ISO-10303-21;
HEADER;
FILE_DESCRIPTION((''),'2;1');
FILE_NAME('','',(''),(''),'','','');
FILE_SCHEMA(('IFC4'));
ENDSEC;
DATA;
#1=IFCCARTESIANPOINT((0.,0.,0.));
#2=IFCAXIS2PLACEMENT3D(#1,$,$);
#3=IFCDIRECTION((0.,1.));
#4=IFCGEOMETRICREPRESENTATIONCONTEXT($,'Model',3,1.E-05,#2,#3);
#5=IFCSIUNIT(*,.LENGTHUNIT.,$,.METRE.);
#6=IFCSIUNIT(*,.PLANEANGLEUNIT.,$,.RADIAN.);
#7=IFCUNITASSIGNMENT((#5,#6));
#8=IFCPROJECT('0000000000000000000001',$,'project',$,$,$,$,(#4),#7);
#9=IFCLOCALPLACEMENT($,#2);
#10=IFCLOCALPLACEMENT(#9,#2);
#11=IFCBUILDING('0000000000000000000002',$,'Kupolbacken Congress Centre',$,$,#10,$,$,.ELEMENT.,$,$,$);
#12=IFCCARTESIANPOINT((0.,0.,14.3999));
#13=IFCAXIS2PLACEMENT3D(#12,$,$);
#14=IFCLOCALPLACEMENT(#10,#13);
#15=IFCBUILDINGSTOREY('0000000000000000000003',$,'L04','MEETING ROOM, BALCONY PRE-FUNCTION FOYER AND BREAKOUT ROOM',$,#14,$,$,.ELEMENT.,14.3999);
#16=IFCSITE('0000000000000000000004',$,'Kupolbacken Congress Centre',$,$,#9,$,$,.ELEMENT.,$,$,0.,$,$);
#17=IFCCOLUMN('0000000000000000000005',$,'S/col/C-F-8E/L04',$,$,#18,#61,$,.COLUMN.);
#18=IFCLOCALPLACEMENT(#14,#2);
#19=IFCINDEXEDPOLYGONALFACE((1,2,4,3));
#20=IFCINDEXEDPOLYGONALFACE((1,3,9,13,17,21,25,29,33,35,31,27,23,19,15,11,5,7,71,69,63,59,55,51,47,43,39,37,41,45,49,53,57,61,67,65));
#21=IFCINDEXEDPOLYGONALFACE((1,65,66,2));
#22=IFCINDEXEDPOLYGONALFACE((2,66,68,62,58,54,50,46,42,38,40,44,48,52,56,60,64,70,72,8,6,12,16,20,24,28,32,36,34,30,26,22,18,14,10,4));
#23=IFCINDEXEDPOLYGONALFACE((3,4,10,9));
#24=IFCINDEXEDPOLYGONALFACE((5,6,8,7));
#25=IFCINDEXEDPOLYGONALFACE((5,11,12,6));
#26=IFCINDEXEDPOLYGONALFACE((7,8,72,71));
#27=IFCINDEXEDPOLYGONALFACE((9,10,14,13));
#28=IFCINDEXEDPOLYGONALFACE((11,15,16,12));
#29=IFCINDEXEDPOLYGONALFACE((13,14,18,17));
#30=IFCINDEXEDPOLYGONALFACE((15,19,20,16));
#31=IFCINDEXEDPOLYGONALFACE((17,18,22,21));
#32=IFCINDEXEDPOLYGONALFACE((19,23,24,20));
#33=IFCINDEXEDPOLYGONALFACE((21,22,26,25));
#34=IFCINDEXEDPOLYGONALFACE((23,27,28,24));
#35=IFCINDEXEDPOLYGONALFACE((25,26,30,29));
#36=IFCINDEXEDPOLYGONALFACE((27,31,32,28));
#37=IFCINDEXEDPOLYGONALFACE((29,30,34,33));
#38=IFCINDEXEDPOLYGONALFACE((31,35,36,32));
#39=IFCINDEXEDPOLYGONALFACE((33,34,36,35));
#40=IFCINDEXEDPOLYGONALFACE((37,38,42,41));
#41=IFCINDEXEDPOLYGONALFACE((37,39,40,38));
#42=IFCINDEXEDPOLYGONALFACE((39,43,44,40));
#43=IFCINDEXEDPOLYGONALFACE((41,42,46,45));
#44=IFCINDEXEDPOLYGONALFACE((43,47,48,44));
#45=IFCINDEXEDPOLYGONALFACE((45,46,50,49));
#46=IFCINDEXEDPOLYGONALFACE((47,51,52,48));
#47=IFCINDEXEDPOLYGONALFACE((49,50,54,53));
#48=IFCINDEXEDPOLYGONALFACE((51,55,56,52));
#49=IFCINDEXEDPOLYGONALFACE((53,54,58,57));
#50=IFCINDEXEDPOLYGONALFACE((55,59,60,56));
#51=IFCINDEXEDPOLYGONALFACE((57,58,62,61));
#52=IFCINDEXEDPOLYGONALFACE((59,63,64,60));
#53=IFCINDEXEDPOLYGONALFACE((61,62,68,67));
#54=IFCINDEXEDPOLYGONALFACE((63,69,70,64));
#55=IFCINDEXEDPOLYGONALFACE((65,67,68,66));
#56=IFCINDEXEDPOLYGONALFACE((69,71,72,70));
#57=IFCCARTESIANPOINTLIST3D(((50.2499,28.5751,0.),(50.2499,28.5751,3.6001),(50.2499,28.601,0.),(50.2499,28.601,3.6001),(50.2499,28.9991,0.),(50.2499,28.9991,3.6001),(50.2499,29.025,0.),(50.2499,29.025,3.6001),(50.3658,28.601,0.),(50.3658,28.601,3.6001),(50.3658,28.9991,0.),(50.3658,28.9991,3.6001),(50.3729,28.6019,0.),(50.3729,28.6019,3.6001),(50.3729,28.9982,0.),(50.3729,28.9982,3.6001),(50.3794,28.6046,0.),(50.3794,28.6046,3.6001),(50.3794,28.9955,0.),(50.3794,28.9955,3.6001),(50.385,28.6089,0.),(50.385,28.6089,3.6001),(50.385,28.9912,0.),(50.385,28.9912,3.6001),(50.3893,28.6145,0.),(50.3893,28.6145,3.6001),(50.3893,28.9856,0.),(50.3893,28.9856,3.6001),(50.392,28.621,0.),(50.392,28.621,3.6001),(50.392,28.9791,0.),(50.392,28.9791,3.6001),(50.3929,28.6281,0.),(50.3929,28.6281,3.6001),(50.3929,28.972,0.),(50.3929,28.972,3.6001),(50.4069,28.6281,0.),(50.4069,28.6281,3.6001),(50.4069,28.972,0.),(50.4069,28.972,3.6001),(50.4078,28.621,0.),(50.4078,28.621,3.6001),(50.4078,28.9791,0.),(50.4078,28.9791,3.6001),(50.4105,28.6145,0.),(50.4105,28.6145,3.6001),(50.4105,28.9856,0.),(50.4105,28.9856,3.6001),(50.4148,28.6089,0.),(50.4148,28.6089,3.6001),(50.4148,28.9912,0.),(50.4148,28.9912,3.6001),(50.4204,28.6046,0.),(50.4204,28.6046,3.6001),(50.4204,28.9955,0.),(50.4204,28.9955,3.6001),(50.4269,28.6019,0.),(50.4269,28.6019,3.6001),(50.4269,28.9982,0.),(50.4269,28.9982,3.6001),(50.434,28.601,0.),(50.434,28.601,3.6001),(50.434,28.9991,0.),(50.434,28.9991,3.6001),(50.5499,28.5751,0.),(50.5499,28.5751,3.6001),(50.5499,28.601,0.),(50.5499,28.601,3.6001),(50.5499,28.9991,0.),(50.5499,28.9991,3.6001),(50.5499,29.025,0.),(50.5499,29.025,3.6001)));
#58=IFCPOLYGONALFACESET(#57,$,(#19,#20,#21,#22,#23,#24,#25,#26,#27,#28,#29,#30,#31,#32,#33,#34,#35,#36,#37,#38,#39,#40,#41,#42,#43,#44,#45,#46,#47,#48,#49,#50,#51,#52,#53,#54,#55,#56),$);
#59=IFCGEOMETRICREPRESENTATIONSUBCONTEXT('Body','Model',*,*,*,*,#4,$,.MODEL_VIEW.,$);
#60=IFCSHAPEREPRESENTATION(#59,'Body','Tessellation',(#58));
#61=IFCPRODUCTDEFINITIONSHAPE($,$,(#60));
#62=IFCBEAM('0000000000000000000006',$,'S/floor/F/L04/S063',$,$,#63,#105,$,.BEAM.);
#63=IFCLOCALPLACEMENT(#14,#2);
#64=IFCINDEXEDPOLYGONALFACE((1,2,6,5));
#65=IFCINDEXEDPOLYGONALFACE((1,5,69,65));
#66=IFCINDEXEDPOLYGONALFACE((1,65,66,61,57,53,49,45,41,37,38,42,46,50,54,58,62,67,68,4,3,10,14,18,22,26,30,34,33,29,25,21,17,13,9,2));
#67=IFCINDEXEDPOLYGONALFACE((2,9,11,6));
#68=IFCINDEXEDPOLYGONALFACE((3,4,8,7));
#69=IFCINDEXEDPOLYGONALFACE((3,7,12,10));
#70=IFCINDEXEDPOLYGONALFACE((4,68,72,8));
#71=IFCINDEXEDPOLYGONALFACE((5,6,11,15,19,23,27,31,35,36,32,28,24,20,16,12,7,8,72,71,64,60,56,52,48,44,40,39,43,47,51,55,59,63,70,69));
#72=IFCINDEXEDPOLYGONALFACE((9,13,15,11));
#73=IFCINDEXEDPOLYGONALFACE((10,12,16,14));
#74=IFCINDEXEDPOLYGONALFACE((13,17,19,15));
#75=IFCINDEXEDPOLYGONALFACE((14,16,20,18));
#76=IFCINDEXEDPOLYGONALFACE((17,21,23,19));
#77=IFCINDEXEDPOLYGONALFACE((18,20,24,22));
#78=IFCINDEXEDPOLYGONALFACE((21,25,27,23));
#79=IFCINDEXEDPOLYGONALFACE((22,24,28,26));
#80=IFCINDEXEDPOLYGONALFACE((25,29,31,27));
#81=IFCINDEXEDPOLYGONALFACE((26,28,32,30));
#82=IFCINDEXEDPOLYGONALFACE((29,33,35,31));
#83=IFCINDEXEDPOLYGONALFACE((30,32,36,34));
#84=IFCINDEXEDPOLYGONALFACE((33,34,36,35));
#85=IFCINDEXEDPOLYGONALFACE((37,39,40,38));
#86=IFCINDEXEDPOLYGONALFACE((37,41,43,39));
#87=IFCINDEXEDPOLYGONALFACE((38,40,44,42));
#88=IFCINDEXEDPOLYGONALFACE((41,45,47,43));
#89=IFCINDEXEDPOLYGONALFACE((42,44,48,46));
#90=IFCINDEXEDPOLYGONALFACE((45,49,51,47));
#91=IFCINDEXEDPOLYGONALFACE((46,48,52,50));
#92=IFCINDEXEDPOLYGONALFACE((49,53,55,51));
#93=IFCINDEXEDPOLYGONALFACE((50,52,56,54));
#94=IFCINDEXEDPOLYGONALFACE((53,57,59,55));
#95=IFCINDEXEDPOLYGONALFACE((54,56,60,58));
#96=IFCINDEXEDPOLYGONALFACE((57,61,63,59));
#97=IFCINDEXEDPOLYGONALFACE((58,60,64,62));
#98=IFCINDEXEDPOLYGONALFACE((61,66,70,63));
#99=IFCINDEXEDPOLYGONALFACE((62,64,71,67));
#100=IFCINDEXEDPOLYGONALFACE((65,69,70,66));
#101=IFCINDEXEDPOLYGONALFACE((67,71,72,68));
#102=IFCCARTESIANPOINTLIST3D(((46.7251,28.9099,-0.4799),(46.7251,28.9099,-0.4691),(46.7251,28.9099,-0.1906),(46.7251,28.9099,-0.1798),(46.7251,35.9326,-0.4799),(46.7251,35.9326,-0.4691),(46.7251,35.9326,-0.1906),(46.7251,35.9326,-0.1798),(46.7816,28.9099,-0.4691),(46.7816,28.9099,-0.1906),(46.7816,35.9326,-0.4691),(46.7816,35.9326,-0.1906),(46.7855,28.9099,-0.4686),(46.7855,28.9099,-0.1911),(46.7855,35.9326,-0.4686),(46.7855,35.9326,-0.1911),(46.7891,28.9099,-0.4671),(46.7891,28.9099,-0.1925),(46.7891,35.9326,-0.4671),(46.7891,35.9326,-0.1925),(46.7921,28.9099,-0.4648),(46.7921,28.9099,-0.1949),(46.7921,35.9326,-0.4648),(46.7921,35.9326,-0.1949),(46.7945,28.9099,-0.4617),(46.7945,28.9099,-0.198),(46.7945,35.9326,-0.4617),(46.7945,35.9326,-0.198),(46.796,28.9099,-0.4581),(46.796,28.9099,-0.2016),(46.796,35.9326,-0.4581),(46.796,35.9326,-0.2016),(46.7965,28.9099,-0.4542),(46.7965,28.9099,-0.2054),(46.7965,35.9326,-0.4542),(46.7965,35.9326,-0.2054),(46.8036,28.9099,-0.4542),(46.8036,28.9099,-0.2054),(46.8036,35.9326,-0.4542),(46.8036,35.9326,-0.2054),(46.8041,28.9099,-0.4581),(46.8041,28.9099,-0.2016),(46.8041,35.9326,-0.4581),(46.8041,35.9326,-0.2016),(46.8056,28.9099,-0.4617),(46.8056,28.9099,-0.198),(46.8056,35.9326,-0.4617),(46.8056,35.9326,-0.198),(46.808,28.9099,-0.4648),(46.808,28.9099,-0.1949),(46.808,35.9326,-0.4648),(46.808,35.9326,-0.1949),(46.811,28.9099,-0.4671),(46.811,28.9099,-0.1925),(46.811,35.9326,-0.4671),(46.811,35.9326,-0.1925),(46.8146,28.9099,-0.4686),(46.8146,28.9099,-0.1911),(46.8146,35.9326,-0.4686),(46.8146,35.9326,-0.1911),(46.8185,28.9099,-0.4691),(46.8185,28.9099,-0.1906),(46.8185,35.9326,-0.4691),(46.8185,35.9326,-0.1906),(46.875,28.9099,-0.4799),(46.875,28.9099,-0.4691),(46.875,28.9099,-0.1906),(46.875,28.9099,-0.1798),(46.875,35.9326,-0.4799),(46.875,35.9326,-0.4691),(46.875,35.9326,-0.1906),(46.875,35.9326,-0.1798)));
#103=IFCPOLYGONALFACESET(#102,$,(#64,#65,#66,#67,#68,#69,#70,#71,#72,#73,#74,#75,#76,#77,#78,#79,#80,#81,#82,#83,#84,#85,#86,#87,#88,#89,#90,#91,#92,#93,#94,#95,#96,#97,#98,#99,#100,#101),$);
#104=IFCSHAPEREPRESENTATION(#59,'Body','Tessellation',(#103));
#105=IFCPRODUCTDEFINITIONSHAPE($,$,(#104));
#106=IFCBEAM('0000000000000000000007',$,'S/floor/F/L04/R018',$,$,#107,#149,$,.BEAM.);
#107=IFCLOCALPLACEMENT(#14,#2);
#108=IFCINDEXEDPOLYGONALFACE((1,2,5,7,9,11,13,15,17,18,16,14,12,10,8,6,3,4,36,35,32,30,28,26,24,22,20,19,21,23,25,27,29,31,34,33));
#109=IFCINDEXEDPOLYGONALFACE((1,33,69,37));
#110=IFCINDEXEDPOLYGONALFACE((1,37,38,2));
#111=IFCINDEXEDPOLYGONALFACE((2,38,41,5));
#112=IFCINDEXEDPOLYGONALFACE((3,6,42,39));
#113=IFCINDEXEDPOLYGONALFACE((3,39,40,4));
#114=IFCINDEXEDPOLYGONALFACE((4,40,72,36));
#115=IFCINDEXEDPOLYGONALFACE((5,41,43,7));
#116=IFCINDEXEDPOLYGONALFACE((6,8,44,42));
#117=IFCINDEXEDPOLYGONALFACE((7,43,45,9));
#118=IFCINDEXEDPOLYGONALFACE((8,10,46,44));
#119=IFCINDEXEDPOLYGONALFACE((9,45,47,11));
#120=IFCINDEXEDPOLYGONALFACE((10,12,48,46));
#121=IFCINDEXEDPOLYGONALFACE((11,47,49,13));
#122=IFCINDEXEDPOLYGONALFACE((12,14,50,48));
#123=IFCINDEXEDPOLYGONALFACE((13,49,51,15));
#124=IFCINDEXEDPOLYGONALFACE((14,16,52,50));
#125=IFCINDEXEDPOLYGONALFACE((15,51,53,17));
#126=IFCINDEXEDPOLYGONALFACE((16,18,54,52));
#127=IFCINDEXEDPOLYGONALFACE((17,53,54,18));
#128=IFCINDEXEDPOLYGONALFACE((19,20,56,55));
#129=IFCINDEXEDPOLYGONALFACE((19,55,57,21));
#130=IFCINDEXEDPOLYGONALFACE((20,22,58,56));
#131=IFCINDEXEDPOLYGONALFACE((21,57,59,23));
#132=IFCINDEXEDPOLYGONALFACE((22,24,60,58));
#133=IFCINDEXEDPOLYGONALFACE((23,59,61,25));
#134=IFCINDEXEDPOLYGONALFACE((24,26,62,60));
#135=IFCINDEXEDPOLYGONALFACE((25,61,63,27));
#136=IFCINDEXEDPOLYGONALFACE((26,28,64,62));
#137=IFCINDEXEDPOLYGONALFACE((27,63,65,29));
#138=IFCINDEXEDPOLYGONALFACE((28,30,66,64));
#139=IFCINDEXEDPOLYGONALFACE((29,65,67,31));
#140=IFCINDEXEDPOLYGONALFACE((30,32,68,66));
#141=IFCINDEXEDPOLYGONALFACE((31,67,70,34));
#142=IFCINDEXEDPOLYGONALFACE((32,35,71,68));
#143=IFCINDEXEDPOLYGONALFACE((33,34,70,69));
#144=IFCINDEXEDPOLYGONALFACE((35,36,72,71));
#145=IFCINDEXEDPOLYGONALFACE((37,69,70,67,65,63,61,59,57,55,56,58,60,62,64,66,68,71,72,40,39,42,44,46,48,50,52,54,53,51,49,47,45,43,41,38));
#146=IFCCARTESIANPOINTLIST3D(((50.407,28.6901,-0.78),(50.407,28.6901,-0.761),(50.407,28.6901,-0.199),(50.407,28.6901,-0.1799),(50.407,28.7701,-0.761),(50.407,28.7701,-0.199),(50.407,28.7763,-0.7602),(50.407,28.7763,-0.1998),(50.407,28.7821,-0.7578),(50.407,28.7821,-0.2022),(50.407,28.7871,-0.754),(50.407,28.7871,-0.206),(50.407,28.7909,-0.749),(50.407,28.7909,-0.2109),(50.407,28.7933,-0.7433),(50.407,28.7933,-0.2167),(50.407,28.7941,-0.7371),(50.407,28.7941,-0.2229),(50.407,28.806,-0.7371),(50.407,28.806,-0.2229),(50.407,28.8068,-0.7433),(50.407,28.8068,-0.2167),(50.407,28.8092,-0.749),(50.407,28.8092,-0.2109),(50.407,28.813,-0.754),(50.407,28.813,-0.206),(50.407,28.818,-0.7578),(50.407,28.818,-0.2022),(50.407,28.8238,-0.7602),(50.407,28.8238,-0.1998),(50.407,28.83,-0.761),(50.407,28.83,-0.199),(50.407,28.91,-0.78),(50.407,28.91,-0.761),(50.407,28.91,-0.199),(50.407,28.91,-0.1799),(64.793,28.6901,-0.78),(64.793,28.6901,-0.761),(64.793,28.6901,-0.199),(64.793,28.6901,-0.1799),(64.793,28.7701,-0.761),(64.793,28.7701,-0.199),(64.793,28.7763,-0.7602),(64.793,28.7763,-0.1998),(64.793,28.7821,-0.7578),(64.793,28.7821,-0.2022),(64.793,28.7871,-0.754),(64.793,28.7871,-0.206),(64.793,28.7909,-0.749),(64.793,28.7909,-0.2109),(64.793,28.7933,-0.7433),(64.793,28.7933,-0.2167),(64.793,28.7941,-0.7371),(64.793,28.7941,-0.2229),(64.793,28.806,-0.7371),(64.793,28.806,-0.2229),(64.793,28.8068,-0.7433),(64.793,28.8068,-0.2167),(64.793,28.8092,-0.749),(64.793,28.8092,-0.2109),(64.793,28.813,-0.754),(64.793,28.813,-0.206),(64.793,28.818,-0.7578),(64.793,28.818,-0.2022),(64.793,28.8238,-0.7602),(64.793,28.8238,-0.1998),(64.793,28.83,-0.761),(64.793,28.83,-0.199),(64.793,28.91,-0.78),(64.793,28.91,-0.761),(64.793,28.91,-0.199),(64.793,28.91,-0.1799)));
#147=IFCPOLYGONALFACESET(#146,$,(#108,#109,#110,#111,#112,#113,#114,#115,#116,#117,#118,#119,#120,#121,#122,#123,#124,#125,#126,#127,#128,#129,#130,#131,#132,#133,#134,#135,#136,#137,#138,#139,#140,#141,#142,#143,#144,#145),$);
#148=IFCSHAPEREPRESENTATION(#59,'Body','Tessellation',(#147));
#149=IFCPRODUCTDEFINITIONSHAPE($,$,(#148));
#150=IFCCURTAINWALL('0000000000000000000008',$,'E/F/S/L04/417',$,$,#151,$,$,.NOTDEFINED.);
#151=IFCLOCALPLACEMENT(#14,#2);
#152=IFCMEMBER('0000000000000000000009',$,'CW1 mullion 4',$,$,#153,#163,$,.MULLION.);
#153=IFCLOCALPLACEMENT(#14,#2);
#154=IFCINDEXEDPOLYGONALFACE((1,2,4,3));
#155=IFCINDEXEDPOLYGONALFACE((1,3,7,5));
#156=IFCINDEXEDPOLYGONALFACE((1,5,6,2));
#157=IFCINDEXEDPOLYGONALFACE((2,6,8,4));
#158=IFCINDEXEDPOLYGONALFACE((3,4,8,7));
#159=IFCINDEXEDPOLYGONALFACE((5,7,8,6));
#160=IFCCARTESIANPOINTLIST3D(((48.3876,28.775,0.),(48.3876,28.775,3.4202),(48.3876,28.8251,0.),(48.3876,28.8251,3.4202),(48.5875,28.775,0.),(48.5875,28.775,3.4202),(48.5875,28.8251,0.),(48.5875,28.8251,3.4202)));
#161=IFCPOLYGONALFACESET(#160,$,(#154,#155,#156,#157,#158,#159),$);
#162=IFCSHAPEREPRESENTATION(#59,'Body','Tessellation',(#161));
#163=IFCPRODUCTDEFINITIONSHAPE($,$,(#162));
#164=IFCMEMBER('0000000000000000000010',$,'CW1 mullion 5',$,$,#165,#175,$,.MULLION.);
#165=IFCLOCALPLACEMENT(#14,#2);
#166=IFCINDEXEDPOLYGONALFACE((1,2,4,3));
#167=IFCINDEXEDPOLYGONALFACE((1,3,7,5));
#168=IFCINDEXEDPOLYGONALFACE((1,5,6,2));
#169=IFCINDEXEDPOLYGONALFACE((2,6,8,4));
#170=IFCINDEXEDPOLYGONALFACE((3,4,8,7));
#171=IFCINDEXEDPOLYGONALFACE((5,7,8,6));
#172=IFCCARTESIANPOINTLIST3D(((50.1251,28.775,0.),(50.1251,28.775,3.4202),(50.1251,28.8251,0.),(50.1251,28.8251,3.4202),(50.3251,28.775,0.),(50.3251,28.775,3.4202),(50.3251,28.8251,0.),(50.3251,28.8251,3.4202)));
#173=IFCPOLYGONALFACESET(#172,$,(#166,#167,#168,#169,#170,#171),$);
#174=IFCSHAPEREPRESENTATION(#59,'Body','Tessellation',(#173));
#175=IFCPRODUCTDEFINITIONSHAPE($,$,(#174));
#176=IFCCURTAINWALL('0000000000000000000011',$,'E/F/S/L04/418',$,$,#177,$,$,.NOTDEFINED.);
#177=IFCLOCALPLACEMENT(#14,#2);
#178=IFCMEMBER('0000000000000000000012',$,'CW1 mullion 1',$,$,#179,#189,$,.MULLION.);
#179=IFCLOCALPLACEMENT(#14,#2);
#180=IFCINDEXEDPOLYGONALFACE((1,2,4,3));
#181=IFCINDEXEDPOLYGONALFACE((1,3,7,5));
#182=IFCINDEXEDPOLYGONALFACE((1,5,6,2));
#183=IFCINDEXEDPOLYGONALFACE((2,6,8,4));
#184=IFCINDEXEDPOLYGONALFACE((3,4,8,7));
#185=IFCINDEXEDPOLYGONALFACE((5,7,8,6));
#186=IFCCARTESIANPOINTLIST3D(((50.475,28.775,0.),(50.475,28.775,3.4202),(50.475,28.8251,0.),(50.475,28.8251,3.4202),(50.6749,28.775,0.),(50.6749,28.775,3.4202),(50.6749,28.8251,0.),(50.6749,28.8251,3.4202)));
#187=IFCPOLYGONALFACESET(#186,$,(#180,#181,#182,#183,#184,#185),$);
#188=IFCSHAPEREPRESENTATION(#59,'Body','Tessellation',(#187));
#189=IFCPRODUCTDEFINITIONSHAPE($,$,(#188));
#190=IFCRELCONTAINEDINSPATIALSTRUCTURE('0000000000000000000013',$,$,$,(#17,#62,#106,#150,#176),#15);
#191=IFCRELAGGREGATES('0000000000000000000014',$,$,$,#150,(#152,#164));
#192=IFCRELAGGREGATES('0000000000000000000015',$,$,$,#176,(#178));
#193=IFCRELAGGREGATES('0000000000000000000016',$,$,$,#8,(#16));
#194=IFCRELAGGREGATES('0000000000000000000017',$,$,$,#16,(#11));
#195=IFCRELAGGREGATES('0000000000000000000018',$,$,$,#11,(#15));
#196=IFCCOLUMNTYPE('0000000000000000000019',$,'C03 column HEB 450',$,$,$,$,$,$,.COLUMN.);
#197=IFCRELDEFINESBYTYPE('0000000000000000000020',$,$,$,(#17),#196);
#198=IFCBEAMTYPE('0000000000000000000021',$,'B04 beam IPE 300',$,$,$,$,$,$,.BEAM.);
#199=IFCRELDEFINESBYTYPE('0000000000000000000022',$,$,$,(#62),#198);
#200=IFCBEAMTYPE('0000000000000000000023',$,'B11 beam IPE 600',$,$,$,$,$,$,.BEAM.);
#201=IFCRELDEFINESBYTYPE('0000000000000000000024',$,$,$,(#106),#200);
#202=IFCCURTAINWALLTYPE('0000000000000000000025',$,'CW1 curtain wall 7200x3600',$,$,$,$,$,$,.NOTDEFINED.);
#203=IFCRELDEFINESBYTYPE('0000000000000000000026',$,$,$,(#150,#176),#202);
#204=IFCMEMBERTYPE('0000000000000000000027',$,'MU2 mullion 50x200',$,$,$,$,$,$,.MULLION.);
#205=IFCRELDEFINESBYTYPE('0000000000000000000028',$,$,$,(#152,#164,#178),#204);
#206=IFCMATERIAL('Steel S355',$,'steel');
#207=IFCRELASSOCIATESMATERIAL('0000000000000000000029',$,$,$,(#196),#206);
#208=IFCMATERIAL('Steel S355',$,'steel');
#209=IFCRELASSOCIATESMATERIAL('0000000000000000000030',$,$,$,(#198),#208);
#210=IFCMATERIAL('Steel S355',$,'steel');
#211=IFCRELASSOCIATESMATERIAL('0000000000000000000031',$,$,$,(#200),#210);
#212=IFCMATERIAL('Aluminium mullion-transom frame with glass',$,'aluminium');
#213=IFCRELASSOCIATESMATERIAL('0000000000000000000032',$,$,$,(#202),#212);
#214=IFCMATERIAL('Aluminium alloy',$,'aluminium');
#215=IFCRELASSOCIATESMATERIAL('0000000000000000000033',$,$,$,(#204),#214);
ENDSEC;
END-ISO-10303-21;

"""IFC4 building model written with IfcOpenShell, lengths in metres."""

from ifc_helpers import new_model, si_unit, direction, frame, origin, origin_2d, place, context, subcontext, project, spatial, rectangle, i_section, extrude, material, material_profile, profile_set, type_object, element, aggregate, save


model = new_model("IFC4")

# Units and contexts
model_context = context("Model", 3, precision=1e-05, world=origin(), true_north=direction((0.0, 1.0)))
body_context = subcontext(model_context, "Body", "Model", "MODEL_VIEW")
ifc_project = project(units=[si_unit("LENGTHUNIT", "METRE"), si_unit("PLANEANGLEUNIT", "RADIAN")], contexts=[model_context])

# Site, building, storey
site_placement = place(None, origin())
site = spatial("IfcSite", under=ifc_project, at=site_placement, Name="Kupolbacken Congress Centre", CompositionType="ELEMENT", RefElevation=0.0)
building_placement = place(site_placement, origin())
building = spatial("IfcBuilding", under=site, at=building_placement, Name="Kupolbacken Congress Centre", CompositionType="ELEMENT")
storey_placement = place(building_placement, frame((0.0, 0.0, 14.3999)))
storey = spatial("IfcBuildingStorey", under=building, at=storey_placement, Name="L04", Description="MEETING ROOM, BALCONY PRE-FUNCTION FOYER AND BREAKOUT ROOM", CompositionType="ELEMENT", Elevation=14.3999)

# Column
ifc_material_1 = material(Name="Steel S355", Category="steel")
ifc_material_profile_1 = material_profile(ifc_material_1, i_section(OverallWidth=0.3, OverallDepth=0.45, WebThickness=0.0139, FlangeThickness=0.0259, FilletRadius=0.0271, at=origin_2d()), Name="HEB 450")
ifc_profile_set_1 = profile_set([ifc_material_profile_1], Name="Steel S355")
column_type = type_object("IfcColumnType", Name="C03 column HEB 450", PredefinedType="COLUMN", material=ifc_profile_set_1)
column_placement = place(storey_placement, frame((50.3999, 28.8, 0.0), z_axis=(0.0, 0.0, 1.0), x_axis=(1.0, 0.0, 0.0)))
element("IfcColumn", 1, at=column_placement, inside=storey, type_object=column_type, Name="S/col/C-F-8E/L04", PredefinedType="COLUMN", context=body_context, shape_type="SweptSolid", body=[
    extrude(i_section(OverallWidth=0.3, OverallDepth=0.45, WebThickness=0.0139, FlangeThickness=0.0259, FilletRadius=0.0271, at=origin_2d()), origin(), (0.0, 0.0, 1.0), 3.6001),
])

# Beams
ifc_material_2 = material(Name="Steel S355", Category="steel")
ifc_material_profile_2 = material_profile(ifc_material_2, i_section(OverallWidth=0.1499, OverallDepth=0.3, WebThickness=0.0071, FlangeThickness=0.0107, FilletRadius=0.0149, at=origin_2d()), Name="IPE 300")
ifc_profile_set_2 = profile_set([ifc_material_profile_2], Name="Steel S355")
beam_type_1 = type_object("IfcBeamType", Name="B04 beam IPE 300", PredefinedType="BEAM", material=ifc_profile_set_2)
beam_1_placement = place(storey_placement, frame((46.8, 28.9099, -0.3298), z_axis=(0.0, 1.0, 0.0), x_axis=(-1.0, 0.0, 0.0)))
element("IfcBeam", 2, at=beam_1_placement, inside=storey, type_object=beam_type_1, Name="S/floor/F/L04/S063", PredefinedType="BEAM", context=body_context, shape_type="SweptSolid", body=[
    extrude(i_section(OverallWidth=0.1499, OverallDepth=0.3, WebThickness=0.0071, FlangeThickness=0.0107, FilletRadius=0.0149, at=origin_2d()), origin(), (0.0, 0.0, 1.0), 7.0227),
])
ifc_material_3 = material(Name="Steel S355", Category="steel")
ifc_material_profile_3 = material_profile(ifc_material_3, i_section(OverallWidth=0.22, OverallDepth=0.6001, WebThickness=0.012, FlangeThickness=0.019, FilletRadius=0.0239, at=origin_2d()), Name="IPE 600")
ifc_profile_set_3 = profile_set([ifc_material_profile_3], Name="Steel S355")
beam_type_2 = type_object("IfcBeamType", Name="B11 beam IPE 600", PredefinedType="BEAM", material=ifc_profile_set_3)
beam_2_placement = place(storey_placement, frame((50.407, 28.8, -0.48), z_axis=(1.0, 0.0, 0.0), x_axis=(0.0, 1.0, 0.0)))
element("IfcBeam", 3, at=beam_2_placement, inside=storey, type_object=beam_type_2, Name="S/floor/F/L04/R018", PredefinedType="BEAM", context=body_context, shape_type="SweptSolid", body=[
    extrude(i_section(OverallWidth=0.22, OverallDepth=0.6001, WebThickness=0.012, FlangeThickness=0.019, FilletRadius=0.0239, at=origin_2d()), origin(), (0.0, 0.0, 1.0), 14.386),
])

# Curtain walls, members
ifc_material_4 = material(Name="Aluminium mullion-transom frame with glass", Category="aluminium")
curtain_wall_type = type_object("IfcCurtainWallType", Name="CW1 curtain wall 7200x3600", PredefinedType="NOTDEFINED", material=ifc_material_4)
curtain_wall_1_placement = place(storey_placement, origin())
curtain_wall_1 = element("IfcCurtainWall", 4, at=curtain_wall_1_placement, inside=storey, type_object=curtain_wall_type, Name="E/F/S/L04/417", PredefinedType="NOTDEFINED")
ifc_material_5 = material(Name="Aluminium alloy", Category="aluminium")
ifc_material_profile_4 = material_profile(ifc_material_5, rectangle(XDim=0.05, YDim=0.2, at=origin_2d()), Name="50 x 200")
ifc_profile_set_4 = profile_set([ifc_material_profile_4], Name="Aluminium alloy")
member_type_1 = type_object("IfcMemberType", Name="MU2 mullion 50x200", PredefinedType="MULLION", material=ifc_profile_set_4)
member_1_placement = place(storey_placement, frame((48.4875, 28.8, 0.0), z_axis=(0.0, 0.0, 1.0), x_axis=(0.0, 1.0, 0.0)))
member_1 = element("IfcMember", 5, at=member_1_placement, type_object=member_type_1, Name="CW1 mullion 4", PredefinedType="MULLION", context=body_context, shape_type="SweptSolid", body=[
    extrude(rectangle(XDim=0.05, YDim=0.2, at=origin_2d()), origin(), (0.0, 0.0, 1.0), 3.4202),
])
member_2_placement = place(storey_placement, frame((50.2251, 28.8, 0.0), z_axis=(0.0, 0.0, 1.0), x_axis=(0.0, 1.0, 0.0)))
member_2 = element("IfcMember", 6, at=member_2_placement, type_object=member_type_1, Name="CW1 mullion 5", PredefinedType="MULLION", context=body_context, shape_type="SweptSolid", body=[
    extrude(rectangle(XDim=0.05, YDim=0.2, at=origin_2d()), origin(), (0.0, 0.0, 1.0), 3.4202),
])
curtain_wall_2_placement = place(storey_placement, origin())
curtain_wall_2 = element("IfcCurtainWall", 7, at=curtain_wall_2_placement, inside=storey, type_object=curtain_wall_type, Name="E/F/S/L04/418", PredefinedType="NOTDEFINED")
member_3_placement = place(storey_placement, frame((50.575, 28.8, 0.0), z_axis=(0.0, 0.0, 1.0), x_axis=(0.0, 1.0, 0.0)))
member_3 = element("IfcMember", 8, at=member_3_placement, type_object=member_type_1, Name="CW1 mullion 1", PredefinedType="MULLION", context=body_context, shape_type="SweptSolid", body=[
    extrude(rectangle(XDim=0.05, YDim=0.2, at=origin_2d()), origin(), (0.0, 0.0, 1.0), 3.4202),
])

aggregate(curtain_wall_1, [member_1, member_2])
aggregate(curtain_wall_2, [member_3])

save(model, "model.ifc")
